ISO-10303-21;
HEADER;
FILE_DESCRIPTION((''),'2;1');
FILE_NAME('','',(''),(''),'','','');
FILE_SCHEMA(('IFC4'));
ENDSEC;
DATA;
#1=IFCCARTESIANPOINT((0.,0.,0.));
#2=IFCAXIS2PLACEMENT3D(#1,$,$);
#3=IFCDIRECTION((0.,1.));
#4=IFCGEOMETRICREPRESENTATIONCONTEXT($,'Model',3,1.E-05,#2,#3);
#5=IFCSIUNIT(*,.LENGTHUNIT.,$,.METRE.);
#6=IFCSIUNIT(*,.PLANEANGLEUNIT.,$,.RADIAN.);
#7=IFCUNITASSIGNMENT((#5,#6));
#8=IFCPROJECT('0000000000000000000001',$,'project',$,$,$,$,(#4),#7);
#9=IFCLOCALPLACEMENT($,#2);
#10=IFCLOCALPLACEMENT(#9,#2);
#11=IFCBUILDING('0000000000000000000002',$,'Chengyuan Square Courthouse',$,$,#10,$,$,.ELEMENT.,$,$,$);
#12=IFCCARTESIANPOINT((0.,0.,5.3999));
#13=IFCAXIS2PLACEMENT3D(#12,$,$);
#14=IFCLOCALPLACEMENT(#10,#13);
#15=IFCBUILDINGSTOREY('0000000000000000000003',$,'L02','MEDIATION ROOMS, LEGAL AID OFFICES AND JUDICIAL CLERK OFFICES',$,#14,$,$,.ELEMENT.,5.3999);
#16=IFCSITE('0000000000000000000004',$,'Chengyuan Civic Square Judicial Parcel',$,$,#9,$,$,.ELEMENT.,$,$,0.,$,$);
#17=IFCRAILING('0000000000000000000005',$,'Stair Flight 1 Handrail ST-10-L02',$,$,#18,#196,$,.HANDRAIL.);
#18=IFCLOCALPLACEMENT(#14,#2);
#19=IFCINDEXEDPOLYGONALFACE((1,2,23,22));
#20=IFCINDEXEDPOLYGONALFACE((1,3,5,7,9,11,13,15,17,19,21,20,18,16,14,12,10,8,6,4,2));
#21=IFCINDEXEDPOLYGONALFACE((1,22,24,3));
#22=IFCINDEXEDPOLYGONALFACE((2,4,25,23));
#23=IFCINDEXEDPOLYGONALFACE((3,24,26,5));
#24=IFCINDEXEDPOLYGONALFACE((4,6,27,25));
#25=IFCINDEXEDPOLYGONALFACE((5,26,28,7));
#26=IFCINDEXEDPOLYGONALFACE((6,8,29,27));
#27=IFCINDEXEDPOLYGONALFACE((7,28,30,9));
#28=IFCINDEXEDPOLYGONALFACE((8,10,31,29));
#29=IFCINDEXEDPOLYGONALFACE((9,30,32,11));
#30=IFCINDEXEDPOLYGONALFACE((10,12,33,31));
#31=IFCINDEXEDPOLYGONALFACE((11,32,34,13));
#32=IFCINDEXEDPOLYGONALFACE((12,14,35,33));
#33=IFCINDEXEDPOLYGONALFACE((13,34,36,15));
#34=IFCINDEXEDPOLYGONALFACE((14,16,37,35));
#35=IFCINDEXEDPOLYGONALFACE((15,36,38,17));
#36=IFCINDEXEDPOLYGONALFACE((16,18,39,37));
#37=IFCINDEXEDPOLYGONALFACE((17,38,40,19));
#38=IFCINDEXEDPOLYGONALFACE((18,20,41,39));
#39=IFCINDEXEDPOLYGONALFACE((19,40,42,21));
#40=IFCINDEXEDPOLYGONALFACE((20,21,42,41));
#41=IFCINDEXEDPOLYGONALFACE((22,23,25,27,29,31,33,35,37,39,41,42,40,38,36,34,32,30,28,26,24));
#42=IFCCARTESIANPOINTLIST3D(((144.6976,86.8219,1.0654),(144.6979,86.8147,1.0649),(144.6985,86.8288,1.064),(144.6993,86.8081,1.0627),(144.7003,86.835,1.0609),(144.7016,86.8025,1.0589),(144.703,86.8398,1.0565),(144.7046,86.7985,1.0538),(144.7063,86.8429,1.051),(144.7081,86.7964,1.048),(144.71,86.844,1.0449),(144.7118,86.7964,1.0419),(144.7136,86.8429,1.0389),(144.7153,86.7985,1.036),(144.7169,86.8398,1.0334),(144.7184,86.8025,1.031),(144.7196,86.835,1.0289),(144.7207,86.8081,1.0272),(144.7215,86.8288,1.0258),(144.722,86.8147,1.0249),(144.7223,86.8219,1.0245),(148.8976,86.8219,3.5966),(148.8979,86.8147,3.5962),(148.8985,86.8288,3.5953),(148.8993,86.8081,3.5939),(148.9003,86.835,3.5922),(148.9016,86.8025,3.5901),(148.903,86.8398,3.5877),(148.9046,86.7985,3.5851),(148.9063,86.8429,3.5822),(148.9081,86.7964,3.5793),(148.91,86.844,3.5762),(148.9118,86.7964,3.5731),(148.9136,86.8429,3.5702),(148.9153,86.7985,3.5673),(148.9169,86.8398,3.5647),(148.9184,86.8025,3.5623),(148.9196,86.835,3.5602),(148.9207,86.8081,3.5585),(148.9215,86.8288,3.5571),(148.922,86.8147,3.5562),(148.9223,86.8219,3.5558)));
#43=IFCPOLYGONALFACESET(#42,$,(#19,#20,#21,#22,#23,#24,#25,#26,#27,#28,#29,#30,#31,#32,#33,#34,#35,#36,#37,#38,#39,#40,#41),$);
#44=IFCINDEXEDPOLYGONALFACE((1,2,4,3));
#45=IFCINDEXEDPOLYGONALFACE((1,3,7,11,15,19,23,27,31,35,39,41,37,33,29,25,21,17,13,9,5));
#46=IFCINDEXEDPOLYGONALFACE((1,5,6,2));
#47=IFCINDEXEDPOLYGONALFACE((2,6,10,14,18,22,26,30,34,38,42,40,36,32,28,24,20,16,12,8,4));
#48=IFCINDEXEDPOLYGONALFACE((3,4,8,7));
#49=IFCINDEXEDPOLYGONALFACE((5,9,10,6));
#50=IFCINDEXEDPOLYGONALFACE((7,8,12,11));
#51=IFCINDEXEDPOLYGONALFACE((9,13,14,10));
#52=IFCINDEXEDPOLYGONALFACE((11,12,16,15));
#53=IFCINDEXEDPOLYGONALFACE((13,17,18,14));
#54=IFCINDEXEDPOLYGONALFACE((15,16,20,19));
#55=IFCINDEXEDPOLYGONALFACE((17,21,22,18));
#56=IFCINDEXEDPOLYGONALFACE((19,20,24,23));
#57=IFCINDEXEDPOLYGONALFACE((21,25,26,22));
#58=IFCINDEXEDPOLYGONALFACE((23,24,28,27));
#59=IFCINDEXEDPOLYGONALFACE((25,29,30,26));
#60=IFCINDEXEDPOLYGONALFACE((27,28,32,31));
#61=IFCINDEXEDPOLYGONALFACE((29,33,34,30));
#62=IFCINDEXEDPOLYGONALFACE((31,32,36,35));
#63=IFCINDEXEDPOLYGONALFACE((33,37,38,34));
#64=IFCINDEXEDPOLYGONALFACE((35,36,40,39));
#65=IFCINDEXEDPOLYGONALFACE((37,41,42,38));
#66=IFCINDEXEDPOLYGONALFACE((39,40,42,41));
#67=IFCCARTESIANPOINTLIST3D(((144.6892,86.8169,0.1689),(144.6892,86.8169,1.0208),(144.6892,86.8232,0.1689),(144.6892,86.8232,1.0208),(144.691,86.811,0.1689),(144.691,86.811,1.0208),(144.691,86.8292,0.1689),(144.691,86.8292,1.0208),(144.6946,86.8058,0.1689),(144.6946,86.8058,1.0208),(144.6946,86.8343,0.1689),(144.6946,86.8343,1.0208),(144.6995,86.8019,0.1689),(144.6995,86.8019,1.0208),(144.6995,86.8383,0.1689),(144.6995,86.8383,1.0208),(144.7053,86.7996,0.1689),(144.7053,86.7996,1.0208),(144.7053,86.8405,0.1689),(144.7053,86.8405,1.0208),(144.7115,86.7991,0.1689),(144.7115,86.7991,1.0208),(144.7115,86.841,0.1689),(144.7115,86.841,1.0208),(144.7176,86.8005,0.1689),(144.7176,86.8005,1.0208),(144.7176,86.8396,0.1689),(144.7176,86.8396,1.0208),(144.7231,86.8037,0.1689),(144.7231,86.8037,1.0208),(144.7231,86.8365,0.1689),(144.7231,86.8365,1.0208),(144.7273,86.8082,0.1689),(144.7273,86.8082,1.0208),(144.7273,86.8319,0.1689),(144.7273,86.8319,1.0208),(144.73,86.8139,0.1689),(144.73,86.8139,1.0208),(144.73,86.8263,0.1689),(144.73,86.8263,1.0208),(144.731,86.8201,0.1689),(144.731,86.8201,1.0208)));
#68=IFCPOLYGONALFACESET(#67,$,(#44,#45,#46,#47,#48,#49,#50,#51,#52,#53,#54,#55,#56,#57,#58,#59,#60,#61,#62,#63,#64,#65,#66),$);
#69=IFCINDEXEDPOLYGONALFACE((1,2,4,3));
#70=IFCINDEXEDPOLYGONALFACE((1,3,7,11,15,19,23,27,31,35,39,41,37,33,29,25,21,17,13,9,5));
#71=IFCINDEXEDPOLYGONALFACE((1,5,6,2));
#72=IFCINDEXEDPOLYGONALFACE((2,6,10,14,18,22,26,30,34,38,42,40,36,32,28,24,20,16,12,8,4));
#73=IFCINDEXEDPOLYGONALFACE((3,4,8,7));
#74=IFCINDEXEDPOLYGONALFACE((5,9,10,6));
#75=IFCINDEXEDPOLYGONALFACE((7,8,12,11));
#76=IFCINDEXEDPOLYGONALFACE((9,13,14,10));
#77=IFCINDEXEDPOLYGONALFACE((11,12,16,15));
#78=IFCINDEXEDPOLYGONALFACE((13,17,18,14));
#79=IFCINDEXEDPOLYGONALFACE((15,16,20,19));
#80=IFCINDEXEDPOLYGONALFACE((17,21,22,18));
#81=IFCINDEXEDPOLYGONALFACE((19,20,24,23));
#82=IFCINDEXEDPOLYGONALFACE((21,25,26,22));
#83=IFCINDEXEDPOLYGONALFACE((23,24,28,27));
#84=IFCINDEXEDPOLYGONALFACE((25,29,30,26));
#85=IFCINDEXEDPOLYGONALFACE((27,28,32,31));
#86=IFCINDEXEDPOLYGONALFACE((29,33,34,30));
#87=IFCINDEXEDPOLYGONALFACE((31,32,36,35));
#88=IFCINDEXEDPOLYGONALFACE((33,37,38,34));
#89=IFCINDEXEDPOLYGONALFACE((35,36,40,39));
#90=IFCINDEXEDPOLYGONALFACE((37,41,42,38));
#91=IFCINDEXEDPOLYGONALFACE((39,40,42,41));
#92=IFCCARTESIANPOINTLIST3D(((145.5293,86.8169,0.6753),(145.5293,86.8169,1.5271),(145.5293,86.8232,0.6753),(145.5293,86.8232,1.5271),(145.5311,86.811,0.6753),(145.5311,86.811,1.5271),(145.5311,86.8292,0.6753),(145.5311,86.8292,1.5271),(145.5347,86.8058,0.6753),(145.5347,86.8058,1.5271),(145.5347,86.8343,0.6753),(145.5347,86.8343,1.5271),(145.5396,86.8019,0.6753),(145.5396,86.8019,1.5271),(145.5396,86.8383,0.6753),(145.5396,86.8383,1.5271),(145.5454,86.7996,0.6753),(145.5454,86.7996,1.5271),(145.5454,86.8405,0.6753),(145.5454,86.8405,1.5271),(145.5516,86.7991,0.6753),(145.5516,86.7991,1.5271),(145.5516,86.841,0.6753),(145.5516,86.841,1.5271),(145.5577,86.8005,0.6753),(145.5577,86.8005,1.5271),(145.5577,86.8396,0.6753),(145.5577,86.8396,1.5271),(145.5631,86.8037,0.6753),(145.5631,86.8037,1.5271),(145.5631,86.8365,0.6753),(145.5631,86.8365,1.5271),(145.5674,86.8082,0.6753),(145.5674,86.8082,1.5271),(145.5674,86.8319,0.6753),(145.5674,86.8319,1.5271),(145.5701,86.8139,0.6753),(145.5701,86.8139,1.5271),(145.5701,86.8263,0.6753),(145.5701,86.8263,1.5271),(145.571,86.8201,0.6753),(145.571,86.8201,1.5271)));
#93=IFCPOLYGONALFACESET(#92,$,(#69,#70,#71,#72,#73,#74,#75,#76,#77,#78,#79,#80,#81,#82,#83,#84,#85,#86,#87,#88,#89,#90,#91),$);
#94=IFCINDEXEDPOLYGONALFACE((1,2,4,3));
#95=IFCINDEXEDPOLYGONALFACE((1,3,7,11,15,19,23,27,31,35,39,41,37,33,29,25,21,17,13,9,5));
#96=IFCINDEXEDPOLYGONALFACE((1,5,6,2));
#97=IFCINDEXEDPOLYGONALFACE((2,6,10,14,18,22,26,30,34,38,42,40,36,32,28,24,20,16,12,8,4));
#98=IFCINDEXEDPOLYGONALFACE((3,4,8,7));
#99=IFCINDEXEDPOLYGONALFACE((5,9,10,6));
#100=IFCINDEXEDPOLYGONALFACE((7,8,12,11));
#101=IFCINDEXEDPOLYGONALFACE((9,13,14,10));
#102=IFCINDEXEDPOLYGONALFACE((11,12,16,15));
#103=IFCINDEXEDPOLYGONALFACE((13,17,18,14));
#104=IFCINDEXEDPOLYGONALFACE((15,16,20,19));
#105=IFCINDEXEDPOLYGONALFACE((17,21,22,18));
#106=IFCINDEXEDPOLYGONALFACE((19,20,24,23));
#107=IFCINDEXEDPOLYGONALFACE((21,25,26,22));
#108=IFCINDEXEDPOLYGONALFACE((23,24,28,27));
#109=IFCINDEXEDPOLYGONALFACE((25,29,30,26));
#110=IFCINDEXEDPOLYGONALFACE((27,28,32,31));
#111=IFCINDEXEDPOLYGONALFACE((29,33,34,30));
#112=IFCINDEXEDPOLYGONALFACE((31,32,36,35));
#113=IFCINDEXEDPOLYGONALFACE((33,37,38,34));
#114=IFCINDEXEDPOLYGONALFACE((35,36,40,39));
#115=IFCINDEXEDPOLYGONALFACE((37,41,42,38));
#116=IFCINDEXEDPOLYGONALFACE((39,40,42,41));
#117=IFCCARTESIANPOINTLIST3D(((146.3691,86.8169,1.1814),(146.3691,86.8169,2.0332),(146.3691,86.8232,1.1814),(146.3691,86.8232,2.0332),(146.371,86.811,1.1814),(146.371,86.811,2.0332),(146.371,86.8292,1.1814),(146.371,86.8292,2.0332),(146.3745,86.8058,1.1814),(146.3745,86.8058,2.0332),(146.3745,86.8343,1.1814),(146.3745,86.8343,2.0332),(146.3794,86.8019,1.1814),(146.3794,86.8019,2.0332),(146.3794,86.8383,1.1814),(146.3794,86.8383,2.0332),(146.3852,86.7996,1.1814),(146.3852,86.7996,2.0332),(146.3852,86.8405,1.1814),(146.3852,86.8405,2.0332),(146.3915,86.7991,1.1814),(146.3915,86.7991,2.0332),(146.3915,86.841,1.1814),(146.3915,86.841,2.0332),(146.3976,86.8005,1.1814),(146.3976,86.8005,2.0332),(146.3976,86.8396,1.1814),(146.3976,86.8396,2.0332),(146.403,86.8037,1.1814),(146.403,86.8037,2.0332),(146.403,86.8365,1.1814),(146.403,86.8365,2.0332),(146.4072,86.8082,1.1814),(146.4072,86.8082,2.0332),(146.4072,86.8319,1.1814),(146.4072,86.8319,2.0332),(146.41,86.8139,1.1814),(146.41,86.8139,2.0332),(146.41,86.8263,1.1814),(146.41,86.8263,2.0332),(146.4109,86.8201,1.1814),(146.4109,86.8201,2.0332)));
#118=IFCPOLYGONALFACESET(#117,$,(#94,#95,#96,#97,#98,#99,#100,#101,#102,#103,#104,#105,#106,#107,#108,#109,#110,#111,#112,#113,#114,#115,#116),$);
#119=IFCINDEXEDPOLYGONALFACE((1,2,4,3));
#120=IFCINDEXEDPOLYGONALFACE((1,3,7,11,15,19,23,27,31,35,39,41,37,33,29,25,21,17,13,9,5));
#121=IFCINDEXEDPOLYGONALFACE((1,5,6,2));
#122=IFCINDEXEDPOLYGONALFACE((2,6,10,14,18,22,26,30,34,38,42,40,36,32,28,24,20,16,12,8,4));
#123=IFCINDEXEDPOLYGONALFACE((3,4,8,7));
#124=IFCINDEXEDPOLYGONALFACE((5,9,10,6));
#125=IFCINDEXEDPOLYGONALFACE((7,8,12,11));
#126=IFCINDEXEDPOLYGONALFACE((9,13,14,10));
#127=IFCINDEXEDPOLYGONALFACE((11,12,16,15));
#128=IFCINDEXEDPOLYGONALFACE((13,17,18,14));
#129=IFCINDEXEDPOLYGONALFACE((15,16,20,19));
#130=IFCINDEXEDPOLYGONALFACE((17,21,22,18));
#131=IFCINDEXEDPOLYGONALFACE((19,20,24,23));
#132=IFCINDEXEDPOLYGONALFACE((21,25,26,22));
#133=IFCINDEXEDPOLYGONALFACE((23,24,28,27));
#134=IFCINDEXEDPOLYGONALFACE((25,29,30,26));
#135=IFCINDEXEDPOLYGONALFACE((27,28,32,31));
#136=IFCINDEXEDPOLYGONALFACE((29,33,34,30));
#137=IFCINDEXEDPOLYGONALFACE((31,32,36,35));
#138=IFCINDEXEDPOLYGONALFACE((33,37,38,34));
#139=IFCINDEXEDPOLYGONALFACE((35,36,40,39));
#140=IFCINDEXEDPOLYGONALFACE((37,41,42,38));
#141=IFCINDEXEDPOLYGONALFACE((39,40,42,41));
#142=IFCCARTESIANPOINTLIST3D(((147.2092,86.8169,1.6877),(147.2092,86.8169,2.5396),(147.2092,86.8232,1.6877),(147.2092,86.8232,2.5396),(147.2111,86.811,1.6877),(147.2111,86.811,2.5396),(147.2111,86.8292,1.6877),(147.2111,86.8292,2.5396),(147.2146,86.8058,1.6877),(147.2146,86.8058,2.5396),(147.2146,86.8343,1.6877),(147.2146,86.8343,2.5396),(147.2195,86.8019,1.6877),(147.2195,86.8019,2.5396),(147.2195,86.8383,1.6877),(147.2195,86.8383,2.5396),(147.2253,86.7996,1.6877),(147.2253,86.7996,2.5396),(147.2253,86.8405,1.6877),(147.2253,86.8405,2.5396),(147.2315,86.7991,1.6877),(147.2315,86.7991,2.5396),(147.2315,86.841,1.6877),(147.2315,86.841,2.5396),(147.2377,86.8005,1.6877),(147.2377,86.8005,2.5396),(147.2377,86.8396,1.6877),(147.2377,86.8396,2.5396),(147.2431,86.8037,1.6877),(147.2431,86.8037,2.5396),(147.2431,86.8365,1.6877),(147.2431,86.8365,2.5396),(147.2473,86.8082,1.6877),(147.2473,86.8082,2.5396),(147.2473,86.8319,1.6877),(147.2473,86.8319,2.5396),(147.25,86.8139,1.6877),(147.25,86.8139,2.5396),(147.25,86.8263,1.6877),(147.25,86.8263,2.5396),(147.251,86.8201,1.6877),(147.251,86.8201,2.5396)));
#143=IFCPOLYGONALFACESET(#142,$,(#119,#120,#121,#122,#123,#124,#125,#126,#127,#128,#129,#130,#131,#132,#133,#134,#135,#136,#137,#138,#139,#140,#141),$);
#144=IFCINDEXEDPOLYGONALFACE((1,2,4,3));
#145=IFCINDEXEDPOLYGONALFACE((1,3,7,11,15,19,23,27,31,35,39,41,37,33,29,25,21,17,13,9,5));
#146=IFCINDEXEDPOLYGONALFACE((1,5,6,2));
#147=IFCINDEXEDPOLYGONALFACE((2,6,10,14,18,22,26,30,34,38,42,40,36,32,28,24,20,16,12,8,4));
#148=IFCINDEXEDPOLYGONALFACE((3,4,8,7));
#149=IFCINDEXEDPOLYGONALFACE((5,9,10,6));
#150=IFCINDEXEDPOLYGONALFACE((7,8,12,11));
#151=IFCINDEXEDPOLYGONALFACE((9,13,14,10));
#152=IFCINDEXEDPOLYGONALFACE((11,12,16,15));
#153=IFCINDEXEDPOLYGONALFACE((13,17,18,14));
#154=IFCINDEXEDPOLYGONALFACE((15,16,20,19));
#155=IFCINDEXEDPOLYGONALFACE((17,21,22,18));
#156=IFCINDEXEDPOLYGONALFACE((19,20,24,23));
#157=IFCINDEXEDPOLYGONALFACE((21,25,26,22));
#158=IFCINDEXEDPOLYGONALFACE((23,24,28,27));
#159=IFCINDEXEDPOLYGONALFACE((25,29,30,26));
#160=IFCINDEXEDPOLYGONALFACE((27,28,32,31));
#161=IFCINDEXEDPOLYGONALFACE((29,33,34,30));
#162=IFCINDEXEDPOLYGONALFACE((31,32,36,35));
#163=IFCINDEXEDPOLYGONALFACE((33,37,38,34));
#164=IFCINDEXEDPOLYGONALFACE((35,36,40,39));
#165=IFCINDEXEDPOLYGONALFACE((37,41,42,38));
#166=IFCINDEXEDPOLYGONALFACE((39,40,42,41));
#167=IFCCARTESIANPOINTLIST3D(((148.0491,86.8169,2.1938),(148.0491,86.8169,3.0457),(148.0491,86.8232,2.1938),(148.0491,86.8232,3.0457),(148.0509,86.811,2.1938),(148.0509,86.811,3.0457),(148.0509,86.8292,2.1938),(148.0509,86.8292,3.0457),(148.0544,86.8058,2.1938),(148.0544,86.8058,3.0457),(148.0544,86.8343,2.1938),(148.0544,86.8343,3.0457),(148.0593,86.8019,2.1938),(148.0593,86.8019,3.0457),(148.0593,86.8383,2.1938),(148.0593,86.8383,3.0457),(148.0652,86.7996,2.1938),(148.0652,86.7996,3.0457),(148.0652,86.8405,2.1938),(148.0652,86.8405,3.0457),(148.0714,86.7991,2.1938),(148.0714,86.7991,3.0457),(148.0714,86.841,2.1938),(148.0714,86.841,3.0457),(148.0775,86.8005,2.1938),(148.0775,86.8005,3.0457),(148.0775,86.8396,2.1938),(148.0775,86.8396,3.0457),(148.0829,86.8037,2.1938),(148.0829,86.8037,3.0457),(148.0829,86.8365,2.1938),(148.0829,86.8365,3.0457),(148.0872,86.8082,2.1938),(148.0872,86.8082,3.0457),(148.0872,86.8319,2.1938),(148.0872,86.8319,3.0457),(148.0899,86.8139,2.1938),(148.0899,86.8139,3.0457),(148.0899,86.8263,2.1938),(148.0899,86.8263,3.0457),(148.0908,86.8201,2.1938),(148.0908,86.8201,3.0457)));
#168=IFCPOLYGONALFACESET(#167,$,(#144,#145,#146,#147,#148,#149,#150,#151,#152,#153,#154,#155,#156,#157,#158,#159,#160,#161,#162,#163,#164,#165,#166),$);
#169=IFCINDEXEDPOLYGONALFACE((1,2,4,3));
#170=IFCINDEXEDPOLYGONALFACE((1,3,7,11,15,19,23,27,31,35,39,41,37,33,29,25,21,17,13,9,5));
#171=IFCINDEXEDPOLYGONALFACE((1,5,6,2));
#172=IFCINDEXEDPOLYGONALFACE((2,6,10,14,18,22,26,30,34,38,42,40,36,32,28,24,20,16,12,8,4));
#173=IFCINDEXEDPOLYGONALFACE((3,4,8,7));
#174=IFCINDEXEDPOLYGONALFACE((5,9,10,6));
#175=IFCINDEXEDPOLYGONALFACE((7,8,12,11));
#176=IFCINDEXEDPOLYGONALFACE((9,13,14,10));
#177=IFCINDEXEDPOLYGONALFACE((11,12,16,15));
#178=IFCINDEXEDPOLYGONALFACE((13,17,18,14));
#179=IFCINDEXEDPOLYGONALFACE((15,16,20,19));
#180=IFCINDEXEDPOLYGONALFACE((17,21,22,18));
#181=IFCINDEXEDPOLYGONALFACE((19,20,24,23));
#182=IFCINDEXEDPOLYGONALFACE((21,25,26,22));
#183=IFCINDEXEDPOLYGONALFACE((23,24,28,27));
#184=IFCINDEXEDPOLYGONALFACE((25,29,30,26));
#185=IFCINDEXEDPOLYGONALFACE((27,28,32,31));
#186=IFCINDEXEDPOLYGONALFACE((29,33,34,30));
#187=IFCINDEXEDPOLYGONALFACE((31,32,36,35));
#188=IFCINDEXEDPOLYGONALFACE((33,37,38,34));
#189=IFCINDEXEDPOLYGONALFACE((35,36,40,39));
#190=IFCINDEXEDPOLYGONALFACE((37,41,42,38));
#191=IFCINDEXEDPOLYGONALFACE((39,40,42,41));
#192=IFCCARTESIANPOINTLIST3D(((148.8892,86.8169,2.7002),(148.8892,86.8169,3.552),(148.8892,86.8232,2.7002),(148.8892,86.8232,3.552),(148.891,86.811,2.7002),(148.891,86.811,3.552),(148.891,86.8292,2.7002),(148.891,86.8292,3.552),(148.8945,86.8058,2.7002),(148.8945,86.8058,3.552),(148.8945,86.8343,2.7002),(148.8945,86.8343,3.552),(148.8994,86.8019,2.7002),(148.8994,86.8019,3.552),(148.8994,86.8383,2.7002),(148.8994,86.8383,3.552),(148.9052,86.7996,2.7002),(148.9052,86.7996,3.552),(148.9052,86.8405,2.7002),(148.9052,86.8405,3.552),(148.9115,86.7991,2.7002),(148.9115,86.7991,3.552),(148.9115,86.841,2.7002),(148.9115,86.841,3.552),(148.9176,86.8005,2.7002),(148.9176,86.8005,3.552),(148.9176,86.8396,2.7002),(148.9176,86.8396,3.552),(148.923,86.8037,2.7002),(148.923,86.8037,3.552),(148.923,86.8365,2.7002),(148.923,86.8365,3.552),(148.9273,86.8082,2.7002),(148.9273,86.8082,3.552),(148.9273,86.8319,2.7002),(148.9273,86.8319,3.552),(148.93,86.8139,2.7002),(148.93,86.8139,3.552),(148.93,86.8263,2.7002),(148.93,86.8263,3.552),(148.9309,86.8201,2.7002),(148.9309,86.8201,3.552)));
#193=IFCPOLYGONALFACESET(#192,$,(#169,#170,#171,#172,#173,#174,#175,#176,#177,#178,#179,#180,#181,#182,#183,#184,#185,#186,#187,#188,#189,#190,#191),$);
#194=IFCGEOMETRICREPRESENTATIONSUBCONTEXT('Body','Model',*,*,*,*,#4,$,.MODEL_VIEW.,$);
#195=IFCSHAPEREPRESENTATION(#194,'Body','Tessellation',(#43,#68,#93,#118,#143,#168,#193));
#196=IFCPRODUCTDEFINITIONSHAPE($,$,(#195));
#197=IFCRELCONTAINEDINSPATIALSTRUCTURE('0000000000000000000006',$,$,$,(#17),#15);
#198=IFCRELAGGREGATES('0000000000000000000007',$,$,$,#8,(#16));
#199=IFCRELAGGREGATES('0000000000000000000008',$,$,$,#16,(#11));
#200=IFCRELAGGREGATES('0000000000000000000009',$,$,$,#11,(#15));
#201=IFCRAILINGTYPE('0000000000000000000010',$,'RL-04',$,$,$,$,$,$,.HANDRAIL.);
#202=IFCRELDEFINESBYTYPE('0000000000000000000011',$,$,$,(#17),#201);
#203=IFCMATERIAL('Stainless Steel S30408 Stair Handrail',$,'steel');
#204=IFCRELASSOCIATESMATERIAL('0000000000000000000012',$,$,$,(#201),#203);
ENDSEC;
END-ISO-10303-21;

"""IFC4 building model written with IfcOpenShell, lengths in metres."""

from ifc_helpers import new_model, si_unit, direction, frame, origin, origin_2d, place, context, subcontext, project, spatial, circle, extrude, material, type_object, element, save


model = new_model("IFC4")

# Units and contexts
model_context = context("Model", 3, precision=1e-05, world=origin(), true_north=direction((0.0, 1.0)))
body_context = subcontext(model_context, "Body", "Model", "MODEL_VIEW")
ifc_project = project(units=[si_unit("LENGTHUNIT", "METRE"), si_unit("PLANEANGLEUNIT", "RADIAN")], contexts=[model_context])

# Site, building, storey
site_placement = place(None, origin())
site = spatial("IfcSite", under=ifc_project, at=site_placement, Name="Chengyuan Civic Square Judicial Parcel", CompositionType="ELEMENT", RefElevation=0.0)
building_placement = place(site_placement, origin())
building = spatial("IfcBuilding", under=site, at=building_placement, Name="Chengyuan Square Courthouse", CompositionType="ELEMENT")
storey_placement = place(building_placement, frame((0.0, 0.0, 5.3999)))
storey = spatial("IfcBuildingStorey", under=building, at=storey_placement, Name="L02", Description="MEDIATION ROOMS, LEGAL AID OFFICES AND JUDICIAL CLERK OFFICES", CompositionType="ELEMENT", Elevation=5.3999)

# Railing
ifc_material_1 = material(Name="Stainless Steel S30408 Stair Handrail", Category="steel")
railing_type_1 = type_object("IfcRailingType", Name="RL-04", PredefinedType="HANDRAIL", material=ifc_material_1)
railing_1_placement = place(storey_placement, frame((144.71, 86.8201, 0.1689)))
element("IfcRailing", 1, at=railing_1_placement, inside=storey, type_object=railing_type_1, Name="Stair Flight 1 Handrail ST-10-L02", PredefinedType="HANDRAIL", context=body_context, shape_type="SweptSolid", body=[
    extrude(circle(Radius=0.0239, at=origin_2d()), frame((0.0, 0.0, 0.876), z_axis=(0.856476, 0.0, 0.516186), x_axis=(0.0, 1.0, 0.0)), (0.0, 0.0, 1.0), 4.9038),
    extrude(circle(Radius=0.021, at=origin_2d()), origin(), (0.0, 0.0, 1.0), 0.8518),
    extrude(circle(Radius=0.021, at=origin_2d()), frame((0.8401, 0.0, 0.5063)), (0.0, 0.0, 1.0), 0.8518),
    extrude(circle(Radius=0.021, at=origin_2d()), frame((1.6799, 0.0, 1.0125)), (0.0, 0.0, 1.0), 0.8518),
    extrude(circle(Radius=0.021, at=origin_2d()), frame((2.52, 0.0, 1.5188)), (0.0, 0.0, 1.0), 0.8518),
    extrude(circle(Radius=0.021, at=origin_2d()), frame((3.3599, 0.0, 2.0249)), (0.0, 0.0, 1.0), 0.8518),
    extrude(circle(Radius=0.021, at=origin_2d()), frame((4.2, 0.0, 2.5312)), (0.0, 0.0, 1.0), 0.8518),
])

save(model, "model.ifc")
